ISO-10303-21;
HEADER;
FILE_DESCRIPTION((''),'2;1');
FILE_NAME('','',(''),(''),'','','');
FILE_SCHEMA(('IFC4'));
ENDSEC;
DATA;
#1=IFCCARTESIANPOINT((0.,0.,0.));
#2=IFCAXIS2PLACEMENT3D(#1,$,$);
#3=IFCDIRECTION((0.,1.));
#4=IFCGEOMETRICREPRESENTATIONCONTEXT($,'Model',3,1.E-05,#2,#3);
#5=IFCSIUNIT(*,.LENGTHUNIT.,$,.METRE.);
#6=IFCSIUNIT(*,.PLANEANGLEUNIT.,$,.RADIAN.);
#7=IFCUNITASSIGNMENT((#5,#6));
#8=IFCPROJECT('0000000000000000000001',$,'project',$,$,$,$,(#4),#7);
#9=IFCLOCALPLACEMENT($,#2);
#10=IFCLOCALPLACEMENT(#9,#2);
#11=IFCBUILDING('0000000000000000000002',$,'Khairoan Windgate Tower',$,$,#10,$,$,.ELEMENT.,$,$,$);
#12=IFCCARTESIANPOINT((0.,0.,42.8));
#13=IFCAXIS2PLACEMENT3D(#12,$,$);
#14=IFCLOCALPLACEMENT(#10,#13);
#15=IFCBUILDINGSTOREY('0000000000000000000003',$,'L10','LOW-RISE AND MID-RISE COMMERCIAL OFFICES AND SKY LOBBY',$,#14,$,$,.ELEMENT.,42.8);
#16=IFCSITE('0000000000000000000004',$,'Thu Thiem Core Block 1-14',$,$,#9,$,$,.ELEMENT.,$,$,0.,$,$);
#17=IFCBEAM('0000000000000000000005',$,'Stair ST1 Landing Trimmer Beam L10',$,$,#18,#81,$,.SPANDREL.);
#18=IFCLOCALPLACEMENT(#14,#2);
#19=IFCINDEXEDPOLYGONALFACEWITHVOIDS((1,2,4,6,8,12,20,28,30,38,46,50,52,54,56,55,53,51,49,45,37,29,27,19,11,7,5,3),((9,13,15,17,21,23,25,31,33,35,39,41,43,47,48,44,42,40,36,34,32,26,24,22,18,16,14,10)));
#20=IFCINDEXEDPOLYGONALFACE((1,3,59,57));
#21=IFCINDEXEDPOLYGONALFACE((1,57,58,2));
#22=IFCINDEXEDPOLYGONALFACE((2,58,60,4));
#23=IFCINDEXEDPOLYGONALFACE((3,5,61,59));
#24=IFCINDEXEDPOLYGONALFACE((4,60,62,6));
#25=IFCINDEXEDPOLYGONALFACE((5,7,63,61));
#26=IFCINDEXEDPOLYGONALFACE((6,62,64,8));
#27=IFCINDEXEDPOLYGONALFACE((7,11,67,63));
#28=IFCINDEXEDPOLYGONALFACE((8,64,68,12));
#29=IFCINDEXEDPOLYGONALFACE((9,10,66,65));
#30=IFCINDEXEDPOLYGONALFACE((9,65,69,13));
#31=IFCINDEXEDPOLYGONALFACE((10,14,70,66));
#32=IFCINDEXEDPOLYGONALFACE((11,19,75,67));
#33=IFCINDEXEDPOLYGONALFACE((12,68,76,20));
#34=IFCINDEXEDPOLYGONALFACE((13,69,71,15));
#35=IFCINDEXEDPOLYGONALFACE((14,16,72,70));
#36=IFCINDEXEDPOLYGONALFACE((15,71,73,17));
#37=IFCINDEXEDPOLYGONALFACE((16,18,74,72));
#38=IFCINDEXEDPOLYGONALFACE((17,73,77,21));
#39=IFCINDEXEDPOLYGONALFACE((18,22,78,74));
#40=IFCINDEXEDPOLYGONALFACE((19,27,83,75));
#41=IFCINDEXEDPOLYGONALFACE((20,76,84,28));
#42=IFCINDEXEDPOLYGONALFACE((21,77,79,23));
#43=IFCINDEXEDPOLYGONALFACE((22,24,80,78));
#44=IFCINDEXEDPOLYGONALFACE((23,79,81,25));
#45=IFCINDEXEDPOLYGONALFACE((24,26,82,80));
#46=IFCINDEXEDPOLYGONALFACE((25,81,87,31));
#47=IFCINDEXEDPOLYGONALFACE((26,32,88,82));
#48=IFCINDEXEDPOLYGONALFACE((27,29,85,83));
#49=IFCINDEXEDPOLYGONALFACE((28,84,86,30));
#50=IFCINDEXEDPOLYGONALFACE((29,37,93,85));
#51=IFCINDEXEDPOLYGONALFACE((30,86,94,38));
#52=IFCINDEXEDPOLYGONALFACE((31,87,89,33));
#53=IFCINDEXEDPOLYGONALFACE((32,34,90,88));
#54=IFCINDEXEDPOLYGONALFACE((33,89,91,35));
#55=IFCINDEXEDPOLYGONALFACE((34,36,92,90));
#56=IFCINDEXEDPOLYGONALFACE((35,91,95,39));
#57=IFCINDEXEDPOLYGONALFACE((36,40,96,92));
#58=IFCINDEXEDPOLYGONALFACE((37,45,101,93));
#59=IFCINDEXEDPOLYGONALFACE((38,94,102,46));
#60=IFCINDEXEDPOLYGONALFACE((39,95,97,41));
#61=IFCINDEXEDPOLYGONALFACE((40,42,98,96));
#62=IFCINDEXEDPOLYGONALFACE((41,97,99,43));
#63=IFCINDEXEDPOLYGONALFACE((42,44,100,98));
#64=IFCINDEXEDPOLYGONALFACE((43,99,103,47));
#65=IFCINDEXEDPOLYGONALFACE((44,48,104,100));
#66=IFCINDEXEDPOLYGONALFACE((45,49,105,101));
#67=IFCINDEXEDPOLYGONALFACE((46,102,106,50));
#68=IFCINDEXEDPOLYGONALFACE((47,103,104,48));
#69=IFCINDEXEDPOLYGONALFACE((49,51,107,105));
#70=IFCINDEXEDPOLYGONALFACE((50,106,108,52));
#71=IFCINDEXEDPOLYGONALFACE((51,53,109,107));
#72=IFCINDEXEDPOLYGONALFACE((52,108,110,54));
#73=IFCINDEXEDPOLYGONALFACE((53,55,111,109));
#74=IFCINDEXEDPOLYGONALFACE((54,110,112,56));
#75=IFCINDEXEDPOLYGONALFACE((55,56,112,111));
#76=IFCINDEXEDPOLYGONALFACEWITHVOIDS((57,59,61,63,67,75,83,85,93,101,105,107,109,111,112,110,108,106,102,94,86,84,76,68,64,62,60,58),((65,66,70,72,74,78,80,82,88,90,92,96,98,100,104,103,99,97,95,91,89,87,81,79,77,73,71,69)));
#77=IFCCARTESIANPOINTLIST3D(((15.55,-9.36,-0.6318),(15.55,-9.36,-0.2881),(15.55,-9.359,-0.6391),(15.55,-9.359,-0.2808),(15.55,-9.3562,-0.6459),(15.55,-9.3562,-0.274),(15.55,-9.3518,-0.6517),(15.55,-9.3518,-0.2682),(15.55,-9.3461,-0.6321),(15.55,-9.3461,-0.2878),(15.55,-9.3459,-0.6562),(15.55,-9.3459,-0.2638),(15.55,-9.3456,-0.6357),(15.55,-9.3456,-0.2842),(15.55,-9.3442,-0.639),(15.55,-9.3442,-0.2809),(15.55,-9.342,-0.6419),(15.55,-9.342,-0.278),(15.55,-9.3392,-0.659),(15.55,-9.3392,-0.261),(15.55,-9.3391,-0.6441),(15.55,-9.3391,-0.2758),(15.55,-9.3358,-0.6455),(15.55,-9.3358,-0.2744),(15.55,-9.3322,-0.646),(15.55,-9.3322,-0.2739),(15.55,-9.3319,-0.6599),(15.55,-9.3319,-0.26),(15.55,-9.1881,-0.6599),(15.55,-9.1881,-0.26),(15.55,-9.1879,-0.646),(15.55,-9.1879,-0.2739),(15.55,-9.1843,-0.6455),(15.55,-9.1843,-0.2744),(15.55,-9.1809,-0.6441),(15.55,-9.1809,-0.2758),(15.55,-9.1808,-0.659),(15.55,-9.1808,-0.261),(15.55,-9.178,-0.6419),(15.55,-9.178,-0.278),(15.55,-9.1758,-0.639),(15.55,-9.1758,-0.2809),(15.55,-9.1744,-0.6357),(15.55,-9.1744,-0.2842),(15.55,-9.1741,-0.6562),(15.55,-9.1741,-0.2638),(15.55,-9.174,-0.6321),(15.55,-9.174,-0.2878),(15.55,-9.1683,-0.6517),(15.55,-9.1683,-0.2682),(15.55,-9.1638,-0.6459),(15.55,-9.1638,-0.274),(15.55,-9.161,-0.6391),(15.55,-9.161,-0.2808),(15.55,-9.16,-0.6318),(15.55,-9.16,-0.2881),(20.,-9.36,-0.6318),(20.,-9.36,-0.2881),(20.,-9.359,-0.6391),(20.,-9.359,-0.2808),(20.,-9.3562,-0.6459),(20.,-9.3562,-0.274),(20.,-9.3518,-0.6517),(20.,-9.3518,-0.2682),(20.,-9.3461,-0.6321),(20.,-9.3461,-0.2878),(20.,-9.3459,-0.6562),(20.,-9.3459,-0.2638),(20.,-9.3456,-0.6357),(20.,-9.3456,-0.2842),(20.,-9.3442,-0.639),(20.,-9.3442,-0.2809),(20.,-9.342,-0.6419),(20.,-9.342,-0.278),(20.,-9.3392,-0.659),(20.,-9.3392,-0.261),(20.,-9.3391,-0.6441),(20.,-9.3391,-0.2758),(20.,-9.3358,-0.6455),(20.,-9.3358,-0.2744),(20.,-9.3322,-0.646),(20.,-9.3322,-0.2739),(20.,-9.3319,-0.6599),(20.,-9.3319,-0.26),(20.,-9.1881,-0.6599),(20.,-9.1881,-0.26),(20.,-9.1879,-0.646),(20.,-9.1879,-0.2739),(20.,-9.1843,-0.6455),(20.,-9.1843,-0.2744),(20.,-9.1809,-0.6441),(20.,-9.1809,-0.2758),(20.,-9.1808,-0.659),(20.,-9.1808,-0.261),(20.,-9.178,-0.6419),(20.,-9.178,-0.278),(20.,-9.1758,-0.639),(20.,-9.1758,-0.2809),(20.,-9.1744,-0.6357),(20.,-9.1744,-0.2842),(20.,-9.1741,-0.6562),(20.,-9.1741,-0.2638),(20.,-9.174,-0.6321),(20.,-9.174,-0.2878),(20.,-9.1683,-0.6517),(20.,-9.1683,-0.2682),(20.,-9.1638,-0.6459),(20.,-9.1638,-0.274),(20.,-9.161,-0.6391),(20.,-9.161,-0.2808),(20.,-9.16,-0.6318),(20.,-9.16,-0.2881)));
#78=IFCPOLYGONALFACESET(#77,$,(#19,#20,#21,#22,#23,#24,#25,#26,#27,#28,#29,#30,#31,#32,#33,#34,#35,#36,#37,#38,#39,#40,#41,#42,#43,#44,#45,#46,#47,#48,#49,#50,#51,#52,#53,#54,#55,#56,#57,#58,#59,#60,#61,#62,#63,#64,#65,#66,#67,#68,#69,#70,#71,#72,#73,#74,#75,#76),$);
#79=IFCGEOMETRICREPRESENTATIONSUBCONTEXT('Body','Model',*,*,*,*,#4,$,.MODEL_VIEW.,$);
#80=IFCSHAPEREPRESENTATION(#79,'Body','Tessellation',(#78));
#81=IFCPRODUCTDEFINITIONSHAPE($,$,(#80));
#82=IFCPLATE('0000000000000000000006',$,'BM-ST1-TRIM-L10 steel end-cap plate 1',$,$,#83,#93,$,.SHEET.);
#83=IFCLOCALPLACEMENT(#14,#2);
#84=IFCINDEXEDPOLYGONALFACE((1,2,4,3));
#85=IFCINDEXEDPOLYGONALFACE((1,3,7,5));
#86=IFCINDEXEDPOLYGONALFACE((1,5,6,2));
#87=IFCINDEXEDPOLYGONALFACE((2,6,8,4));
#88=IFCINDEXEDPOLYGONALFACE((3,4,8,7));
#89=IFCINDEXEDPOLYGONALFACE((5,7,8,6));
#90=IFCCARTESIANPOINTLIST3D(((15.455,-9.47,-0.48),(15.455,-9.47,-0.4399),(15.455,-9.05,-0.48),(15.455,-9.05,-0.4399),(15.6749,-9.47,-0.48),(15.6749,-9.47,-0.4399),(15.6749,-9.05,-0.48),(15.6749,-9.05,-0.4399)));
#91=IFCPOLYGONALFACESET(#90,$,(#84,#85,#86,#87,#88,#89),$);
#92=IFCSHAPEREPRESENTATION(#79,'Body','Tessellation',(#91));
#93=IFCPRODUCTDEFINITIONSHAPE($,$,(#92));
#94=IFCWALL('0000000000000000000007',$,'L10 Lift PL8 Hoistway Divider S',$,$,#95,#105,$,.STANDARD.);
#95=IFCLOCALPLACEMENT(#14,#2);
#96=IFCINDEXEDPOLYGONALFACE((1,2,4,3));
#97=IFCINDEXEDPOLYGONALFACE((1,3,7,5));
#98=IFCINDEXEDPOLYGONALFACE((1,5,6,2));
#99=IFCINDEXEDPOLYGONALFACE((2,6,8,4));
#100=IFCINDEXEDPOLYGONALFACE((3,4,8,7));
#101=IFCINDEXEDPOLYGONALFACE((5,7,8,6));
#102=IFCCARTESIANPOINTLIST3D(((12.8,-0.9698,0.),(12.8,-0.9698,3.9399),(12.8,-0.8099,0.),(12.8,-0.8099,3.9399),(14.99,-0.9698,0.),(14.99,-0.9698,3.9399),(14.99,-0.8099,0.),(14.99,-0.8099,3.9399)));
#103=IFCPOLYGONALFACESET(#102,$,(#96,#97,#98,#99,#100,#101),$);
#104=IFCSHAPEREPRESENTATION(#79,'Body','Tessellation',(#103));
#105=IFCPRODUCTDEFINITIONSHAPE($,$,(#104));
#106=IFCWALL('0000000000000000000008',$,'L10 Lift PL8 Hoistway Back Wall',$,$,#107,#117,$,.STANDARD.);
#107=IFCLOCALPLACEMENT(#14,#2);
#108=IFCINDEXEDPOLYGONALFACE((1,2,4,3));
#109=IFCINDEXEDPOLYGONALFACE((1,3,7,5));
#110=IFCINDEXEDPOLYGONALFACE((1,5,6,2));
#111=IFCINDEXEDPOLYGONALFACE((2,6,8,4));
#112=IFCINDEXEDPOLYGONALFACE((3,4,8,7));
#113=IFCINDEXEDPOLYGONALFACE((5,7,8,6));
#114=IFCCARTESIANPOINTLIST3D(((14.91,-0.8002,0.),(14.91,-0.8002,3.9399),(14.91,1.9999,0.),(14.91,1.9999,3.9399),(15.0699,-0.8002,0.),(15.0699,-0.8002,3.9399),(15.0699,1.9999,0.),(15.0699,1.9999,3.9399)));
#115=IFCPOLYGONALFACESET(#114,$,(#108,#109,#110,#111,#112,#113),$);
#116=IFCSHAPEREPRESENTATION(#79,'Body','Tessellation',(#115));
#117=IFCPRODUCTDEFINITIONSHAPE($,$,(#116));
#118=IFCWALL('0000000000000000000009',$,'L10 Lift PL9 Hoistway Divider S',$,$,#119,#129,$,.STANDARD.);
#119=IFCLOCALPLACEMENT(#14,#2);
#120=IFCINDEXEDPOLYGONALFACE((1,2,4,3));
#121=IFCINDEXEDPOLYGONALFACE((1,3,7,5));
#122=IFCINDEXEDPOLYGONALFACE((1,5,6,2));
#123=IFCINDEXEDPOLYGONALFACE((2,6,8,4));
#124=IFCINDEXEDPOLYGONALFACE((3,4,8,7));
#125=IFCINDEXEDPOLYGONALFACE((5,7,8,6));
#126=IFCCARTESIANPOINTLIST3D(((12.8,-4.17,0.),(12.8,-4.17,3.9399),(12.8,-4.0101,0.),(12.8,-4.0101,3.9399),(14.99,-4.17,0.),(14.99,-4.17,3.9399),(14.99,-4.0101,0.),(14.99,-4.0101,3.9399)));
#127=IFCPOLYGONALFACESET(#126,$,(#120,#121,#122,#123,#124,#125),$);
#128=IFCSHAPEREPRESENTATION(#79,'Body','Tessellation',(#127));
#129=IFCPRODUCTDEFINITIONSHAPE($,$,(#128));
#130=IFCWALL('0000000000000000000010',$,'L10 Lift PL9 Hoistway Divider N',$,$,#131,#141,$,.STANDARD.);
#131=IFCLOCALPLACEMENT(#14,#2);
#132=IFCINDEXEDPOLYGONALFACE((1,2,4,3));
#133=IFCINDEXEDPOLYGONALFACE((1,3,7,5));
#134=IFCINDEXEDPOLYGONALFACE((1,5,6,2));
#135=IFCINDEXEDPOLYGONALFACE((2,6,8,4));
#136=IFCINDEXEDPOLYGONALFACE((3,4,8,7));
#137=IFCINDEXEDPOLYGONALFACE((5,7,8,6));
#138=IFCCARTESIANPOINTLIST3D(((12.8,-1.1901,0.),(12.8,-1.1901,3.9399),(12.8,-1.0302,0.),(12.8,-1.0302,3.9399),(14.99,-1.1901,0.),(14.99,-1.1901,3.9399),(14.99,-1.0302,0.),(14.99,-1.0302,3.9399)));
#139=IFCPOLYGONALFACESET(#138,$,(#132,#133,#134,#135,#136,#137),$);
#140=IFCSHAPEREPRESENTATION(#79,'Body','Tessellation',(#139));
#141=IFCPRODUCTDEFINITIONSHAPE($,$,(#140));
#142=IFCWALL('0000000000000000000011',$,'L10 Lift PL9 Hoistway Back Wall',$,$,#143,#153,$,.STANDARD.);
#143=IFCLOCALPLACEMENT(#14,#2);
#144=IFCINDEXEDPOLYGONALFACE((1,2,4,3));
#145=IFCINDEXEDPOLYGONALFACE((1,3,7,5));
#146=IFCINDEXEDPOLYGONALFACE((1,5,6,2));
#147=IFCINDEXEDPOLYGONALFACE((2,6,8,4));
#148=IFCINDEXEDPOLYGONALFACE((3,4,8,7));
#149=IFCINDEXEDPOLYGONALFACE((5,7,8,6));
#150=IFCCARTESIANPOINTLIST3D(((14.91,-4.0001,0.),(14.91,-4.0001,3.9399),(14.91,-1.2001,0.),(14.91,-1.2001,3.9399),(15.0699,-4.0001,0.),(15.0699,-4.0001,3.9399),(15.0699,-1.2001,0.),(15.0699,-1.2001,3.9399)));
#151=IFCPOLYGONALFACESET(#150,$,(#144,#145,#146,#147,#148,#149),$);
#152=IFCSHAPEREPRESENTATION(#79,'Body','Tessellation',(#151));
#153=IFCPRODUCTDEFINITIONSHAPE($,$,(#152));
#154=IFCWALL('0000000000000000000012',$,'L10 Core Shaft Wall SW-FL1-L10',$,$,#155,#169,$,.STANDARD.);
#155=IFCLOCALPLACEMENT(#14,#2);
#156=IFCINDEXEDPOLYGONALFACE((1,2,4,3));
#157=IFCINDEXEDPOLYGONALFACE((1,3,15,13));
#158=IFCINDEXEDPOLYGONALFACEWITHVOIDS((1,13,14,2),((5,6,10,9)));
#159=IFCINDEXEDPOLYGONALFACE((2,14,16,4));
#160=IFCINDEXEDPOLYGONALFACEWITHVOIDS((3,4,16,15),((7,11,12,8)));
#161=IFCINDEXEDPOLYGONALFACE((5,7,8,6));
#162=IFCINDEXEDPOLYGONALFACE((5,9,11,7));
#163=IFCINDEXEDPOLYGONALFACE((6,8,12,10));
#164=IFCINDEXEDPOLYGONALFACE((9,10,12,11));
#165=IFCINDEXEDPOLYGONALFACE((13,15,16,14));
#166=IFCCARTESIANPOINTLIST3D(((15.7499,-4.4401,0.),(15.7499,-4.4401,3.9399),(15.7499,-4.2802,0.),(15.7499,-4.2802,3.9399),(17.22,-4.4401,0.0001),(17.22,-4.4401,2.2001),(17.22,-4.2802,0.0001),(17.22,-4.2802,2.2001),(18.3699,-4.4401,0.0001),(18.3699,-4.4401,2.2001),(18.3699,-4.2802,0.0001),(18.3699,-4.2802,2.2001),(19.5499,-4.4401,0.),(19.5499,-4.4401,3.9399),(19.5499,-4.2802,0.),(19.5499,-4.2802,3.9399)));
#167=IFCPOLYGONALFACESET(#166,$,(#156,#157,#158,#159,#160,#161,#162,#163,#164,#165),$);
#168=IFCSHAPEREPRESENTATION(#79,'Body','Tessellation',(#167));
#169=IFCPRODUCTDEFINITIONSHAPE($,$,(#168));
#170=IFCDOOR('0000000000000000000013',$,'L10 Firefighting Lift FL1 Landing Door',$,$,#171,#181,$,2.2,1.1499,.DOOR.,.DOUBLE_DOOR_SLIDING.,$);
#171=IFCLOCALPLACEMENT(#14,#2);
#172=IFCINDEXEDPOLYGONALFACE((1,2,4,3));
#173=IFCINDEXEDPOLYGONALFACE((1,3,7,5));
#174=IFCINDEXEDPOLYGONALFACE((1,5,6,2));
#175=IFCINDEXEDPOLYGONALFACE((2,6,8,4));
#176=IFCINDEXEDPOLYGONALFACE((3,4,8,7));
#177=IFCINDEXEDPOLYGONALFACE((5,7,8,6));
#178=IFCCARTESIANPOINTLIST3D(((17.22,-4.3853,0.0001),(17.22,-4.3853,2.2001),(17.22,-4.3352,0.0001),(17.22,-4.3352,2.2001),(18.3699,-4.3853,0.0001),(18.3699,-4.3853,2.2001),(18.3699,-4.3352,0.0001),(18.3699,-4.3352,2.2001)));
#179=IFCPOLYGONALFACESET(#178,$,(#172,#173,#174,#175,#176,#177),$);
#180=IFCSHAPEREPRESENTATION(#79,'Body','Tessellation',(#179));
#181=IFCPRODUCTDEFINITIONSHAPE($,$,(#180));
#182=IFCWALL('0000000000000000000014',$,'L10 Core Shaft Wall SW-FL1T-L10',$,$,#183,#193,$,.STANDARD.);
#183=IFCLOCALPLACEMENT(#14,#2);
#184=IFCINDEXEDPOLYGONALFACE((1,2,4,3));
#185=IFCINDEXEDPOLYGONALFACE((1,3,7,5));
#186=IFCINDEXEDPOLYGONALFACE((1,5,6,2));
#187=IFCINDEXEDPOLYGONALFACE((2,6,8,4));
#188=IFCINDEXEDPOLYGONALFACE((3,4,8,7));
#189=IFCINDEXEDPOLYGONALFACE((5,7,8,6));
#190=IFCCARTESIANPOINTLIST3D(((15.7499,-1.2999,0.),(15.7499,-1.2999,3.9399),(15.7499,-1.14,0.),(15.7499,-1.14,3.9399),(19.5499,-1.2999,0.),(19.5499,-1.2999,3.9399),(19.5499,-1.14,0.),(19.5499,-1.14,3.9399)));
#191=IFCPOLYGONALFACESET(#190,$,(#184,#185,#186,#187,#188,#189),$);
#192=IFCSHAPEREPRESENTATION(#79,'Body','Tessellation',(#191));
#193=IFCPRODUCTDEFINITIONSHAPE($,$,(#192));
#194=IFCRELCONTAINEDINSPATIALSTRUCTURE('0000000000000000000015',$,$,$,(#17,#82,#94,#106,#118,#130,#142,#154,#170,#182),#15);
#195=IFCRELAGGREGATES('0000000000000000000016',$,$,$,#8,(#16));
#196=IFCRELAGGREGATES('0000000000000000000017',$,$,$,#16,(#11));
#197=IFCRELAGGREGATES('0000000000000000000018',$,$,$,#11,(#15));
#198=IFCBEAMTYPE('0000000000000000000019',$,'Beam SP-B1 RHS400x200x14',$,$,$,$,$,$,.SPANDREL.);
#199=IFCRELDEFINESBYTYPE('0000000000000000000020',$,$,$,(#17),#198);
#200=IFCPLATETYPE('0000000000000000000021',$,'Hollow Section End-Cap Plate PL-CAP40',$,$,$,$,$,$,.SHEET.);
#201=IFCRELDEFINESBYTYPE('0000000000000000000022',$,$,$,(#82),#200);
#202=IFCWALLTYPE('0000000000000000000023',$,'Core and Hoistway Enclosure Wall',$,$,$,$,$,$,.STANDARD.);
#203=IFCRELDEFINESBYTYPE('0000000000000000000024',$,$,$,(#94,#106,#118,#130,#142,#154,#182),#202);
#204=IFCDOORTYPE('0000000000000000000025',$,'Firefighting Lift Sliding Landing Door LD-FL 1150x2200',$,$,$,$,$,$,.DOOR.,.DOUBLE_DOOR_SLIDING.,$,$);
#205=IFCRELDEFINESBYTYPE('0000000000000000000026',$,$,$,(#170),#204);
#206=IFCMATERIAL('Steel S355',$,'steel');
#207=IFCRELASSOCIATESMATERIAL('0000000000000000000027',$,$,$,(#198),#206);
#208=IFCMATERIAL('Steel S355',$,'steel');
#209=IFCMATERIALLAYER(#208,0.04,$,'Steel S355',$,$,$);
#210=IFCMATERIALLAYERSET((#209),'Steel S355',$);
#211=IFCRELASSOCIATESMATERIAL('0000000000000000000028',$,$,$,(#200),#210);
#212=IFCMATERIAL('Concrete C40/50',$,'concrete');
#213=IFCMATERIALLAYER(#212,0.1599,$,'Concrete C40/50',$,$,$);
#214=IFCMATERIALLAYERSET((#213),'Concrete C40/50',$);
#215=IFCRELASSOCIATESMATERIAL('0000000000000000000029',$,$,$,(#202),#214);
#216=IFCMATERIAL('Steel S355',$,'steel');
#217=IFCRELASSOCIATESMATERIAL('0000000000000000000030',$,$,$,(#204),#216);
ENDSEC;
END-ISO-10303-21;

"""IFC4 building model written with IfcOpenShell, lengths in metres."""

from ifc_helpers import new_model, si_unit, direction, frame, frame_2d, origin, origin_2d, place, context, subcontext, project, spatial, rectangle, hollow_rectangle, extrude, material, layer, layer_set, material_profile, profile_set, type_object, element, fill, save


model = new_model("IFC4")

# Units and contexts
model_context = context("Model", 3, precision=1e-05, world=origin(), true_north=direction((0.0, 1.0)))
body_context = subcontext(model_context, "Body", "Model", "MODEL_VIEW")
ifc_project = project(units=[si_unit("LENGTHUNIT", "METRE"), si_unit("PLANEANGLEUNIT", "RADIAN")], contexts=[model_context])

# Site, building, storey
site_placement = place(None, origin())
site = spatial("IfcSite", under=ifc_project, at=site_placement, Name="Thu Thiem Core Block 1-14", CompositionType="ELEMENT", RefElevation=0.0)
building_placement = place(site_placement, origin())
building = spatial("IfcBuilding", under=site, at=building_placement, Name="Khairoan Windgate Tower", CompositionType="ELEMENT")
storey_placement = place(building_placement, frame((0.0, 0.0, 42.8)))
storey = spatial("IfcBuildingStorey", under=building, at=storey_placement, Name="L10", Description="LOW-RISE AND MID-RISE COMMERCIAL OFFICES AND SKY LOBBY", CompositionType="ELEMENT", Elevation=42.8)

# Beam
ifc_material_1 = material(Name="Steel S355", Category="steel")
ifc_material_profile_1 = material_profile(ifc_material_1, hollow_rectangle(XDim=0.2, YDim=0.3999, WallThickness=0.0139, InnerFilletRadius=0.0139, OuterFilletRadius=0.0281, at=origin_2d()))
ifc_profile_set_1 = profile_set([ifc_material_profile_1], Name="Steel S355")
beam_type_1 = type_object("IfcBeamType", Name="Beam SP-B1 RHS400x200x14", PredefinedType="SPANDREL", material=ifc_profile_set_1)
beam_1_placement = place(storey_placement, frame((15.55, -9.26, -0.46), z_axis=(1.0, 0.0, 0.0), x_axis=(0.0, 1.0, 0.0)))
element("IfcBeam", 1, at=beam_1_placement, inside=storey, type_object=beam_type_1, Name="Stair ST1 Landing Trimmer Beam L10", PredefinedType="SPANDREL", context=body_context, shape_type="SweptSolid", body=[
    extrude(hollow_rectangle(XDim=0.2, YDim=0.3999, WallThickness=0.0139, InnerFilletRadius=0.0139, OuterFilletRadius=0.0281, at=origin_2d()), origin(), (0.0, 0.0, 1.0), 4.45),
])

# Plate
ifc_material_2 = material(Name="Steel S355", Category="steel")
ifc_layer_1 = layer(ifc_material_2, 0.04, Name="Steel S355")
ifc_layer_set_1 = layer_set([ifc_layer_1], Name="Steel S355")
plate_type = type_object("IfcPlateType", Name="Hollow Section End-Cap Plate PL-CAP40", PredefinedType="SHEET", material=ifc_layer_set_1)
plate_placement = place(storey_placement, frame((15.5649, -9.26, -0.48), z_axis=(0.0, 0.0, 1.0), x_axis=(1.0, 0.0, 0.0)))
element("IfcPlate", 2, at=plate_placement, inside=storey, type_object=plate_type, Name="BM-ST1-TRIM-L10 steel end-cap plate 1", PredefinedType="SHEET", context=body_context, shape_type="SweptSolid", body=[
    extrude(rectangle(XDim=0.22, YDim=0.4199, at=origin_2d()), origin(), (0.0, 0.0, 1.0), 0.04),
])

# Walls
ifc_material_3 = material(Name="Concrete C40/50", Category="concrete")
ifc_layer_2 = layer(ifc_material_3, 0.1599, Name="Concrete C40/50")
ifc_layer_set_2 = layer_set([ifc_layer_2], Name="Concrete C40/50")
wall_type_1 = type_object("IfcWallType", Name="Core and Hoistway Enclosure Wall", PredefinedType="STANDARD", material=ifc_layer_set_2)
wall_1_placement = place(storey_placement, frame((12.8, -0.8899, 0.0), z_axis=(0.0, 0.0, 1.0), x_axis=(1.0, 0.0, 0.0)))
element("IfcWall", 3, at=wall_1_placement, inside=storey, type_object=wall_type_1, Name="L10 Lift PL8 Hoistway Divider S", PredefinedType="STANDARD", context=body_context, shape_type="SweptSolid", body=[
    extrude(rectangle(XDim=2.1899, YDim=0.1599, at=frame_2d((1.095, 0.0))), origin(), (0.0, 0.0, 1.0), 3.9399),
])
wall_2_placement = place(storey_placement, frame((14.99, -0.8, 0.0), z_axis=(0.0, 0.0, 1.0), x_axis=(0.0, 1.0, 0.0)))
element("IfcWall", 4, at=wall_2_placement, inside=storey, type_object=wall_type_1, Name="L10 Lift PL8 Hoistway Back Wall", PredefinedType="STANDARD", context=body_context, shape_type="SweptSolid", body=[
    extrude(rectangle(XDim=2.8, YDim=0.1599, at=frame_2d((1.3999, 0.0))), origin(), (0.0, 0.0, 1.0), 3.9399),
])
for number, where, z_axis, x_axis, name in (
    (5, (12.8, -4.0901, 0.0), (0.0, 0.0, 1.0), (1.0, 0.0, 0.0), "L10 Lift PL9 Hoistway Divider S"),
    (6, (12.8, -1.1101, 0.0), (0.0, 0.0, 1.0), (1.0, 0.0, 0.0), "L10 Lift PL9 Hoistway Divider N"),
):
    element("IfcWall", number, at=place(storey_placement, frame(where, z_axis=z_axis, x_axis=x_axis)), inside=storey, type_object=wall_type_1, Name=name, PredefinedType="STANDARD", context=body_context, shape_type="SweptSolid", body=[
        extrude(rectangle(XDim=2.1899, YDim=0.1599, at=frame_2d((1.095, 0.0))), origin(), (0.0, 0.0, 1.0), 3.9399),
    ])
wall_3_placement = place(storey_placement, frame((14.99, -4.0, 0.0), z_axis=(0.0, 0.0, 1.0), x_axis=(0.0, 1.0, 0.0)))
element("IfcWall", 7, at=wall_3_placement, inside=storey, type_object=wall_type_1, Name="L10 Lift PL9 Hoistway Back Wall", PredefinedType="STANDARD", context=body_context, shape_type="SweptSolid", body=[
    extrude(rectangle(XDim=2.8, YDim=0.1599, at=frame_2d((1.3999, 0.0))), origin(), (0.0, 0.0, 1.0), 3.9399),
])

# Wall, opening, door
wall_4_placement = place(storey_placement, frame((15.75, -4.3601, 0.0), z_axis=(0.0, 0.0, 1.0), x_axis=(1.0, 0.0, 0.0)))
wall_4 = element("IfcWall", 8, at=wall_4_placement, inside=storey, type_object=wall_type_1, Name="L10 Core Shaft Wall SW-FL1-L10", PredefinedType="STANDARD", context=body_context, shape_type="SweptSolid", body=[
    extrude(rectangle(XDim=3.8, YDim=0.1599, at=frame_2d((1.8999, 0.0))), origin(), (0.0, 0.0, 1.0), 3.9399),
])
opening_placement = place(wall_4_placement, frame((1.47, 0.0, 0.0)))
opening = element("IfcOpeningElement", 9, at=opening_placement, cuts=wall_4, PredefinedType="OPENING", context=body_context, shape_type="SweptSolid", body=[
    extrude(rectangle(XDim=1.1499, YDim=2.2, at=frame_2d((0.575, 1.1001))), frame((0.0, 0.0898, 0.0), z_axis=(0.0, -1.0, 0.0), x_axis=(1.0, 0.0, 0.0)), (0.0, 0.0, 1.0), 0.1799),
])
ifc_material_4 = material(Name="Steel S355", Category="steel")
door_type = type_object("IfcDoorType", Name="Firefighting Lift Sliding Landing Door LD-FL 1150x2200", OperationType="DOUBLE_DOOR_SLIDING", PredefinedType="DOOR", material=ifc_material_4)
door_placement = place(opening_placement, origin())
door = element("IfcDoor", 10, at=door_placement, inside=storey, type_object=door_type, Name="L10 Firefighting Lift FL1 Landing Door", OperationType="DOUBLE_DOOR_SLIDING", OverallHeight=2.2, OverallWidth=1.1499, PredefinedType="DOOR", context=body_context, shape_type="SweptSolid", body=[
    extrude(rectangle(XDim=1.1499, YDim=2.2, at=frame_2d((0.575, 1.1001))), frame((0.0, 0.0249, 0.0), z_axis=(0.0, -1.0, 0.0), x_axis=(1.0, 0.0, 0.0)), (0.0, 0.0, 1.0), 0.05),
])
fill(opening, door)

# Wall
wall_5_placement = place(storey_placement, frame((15.75, -1.22, 0.0), z_axis=(0.0, 0.0, 1.0), x_axis=(1.0, 0.0, 0.0)))
element("IfcWall", 11, at=wall_5_placement, inside=storey, type_object=wall_type_1, Name="L10 Core Shaft Wall SW-FL1T-L10", PredefinedType="STANDARD", context=body_context, shape_type="SweptSolid", body=[
    extrude(rectangle(XDim=3.8, YDim=0.1599, at=frame_2d((1.8999, 0.0))), origin(), (0.0, 0.0, 1.0), 3.9399),
])

save(model, "model.ifc")
